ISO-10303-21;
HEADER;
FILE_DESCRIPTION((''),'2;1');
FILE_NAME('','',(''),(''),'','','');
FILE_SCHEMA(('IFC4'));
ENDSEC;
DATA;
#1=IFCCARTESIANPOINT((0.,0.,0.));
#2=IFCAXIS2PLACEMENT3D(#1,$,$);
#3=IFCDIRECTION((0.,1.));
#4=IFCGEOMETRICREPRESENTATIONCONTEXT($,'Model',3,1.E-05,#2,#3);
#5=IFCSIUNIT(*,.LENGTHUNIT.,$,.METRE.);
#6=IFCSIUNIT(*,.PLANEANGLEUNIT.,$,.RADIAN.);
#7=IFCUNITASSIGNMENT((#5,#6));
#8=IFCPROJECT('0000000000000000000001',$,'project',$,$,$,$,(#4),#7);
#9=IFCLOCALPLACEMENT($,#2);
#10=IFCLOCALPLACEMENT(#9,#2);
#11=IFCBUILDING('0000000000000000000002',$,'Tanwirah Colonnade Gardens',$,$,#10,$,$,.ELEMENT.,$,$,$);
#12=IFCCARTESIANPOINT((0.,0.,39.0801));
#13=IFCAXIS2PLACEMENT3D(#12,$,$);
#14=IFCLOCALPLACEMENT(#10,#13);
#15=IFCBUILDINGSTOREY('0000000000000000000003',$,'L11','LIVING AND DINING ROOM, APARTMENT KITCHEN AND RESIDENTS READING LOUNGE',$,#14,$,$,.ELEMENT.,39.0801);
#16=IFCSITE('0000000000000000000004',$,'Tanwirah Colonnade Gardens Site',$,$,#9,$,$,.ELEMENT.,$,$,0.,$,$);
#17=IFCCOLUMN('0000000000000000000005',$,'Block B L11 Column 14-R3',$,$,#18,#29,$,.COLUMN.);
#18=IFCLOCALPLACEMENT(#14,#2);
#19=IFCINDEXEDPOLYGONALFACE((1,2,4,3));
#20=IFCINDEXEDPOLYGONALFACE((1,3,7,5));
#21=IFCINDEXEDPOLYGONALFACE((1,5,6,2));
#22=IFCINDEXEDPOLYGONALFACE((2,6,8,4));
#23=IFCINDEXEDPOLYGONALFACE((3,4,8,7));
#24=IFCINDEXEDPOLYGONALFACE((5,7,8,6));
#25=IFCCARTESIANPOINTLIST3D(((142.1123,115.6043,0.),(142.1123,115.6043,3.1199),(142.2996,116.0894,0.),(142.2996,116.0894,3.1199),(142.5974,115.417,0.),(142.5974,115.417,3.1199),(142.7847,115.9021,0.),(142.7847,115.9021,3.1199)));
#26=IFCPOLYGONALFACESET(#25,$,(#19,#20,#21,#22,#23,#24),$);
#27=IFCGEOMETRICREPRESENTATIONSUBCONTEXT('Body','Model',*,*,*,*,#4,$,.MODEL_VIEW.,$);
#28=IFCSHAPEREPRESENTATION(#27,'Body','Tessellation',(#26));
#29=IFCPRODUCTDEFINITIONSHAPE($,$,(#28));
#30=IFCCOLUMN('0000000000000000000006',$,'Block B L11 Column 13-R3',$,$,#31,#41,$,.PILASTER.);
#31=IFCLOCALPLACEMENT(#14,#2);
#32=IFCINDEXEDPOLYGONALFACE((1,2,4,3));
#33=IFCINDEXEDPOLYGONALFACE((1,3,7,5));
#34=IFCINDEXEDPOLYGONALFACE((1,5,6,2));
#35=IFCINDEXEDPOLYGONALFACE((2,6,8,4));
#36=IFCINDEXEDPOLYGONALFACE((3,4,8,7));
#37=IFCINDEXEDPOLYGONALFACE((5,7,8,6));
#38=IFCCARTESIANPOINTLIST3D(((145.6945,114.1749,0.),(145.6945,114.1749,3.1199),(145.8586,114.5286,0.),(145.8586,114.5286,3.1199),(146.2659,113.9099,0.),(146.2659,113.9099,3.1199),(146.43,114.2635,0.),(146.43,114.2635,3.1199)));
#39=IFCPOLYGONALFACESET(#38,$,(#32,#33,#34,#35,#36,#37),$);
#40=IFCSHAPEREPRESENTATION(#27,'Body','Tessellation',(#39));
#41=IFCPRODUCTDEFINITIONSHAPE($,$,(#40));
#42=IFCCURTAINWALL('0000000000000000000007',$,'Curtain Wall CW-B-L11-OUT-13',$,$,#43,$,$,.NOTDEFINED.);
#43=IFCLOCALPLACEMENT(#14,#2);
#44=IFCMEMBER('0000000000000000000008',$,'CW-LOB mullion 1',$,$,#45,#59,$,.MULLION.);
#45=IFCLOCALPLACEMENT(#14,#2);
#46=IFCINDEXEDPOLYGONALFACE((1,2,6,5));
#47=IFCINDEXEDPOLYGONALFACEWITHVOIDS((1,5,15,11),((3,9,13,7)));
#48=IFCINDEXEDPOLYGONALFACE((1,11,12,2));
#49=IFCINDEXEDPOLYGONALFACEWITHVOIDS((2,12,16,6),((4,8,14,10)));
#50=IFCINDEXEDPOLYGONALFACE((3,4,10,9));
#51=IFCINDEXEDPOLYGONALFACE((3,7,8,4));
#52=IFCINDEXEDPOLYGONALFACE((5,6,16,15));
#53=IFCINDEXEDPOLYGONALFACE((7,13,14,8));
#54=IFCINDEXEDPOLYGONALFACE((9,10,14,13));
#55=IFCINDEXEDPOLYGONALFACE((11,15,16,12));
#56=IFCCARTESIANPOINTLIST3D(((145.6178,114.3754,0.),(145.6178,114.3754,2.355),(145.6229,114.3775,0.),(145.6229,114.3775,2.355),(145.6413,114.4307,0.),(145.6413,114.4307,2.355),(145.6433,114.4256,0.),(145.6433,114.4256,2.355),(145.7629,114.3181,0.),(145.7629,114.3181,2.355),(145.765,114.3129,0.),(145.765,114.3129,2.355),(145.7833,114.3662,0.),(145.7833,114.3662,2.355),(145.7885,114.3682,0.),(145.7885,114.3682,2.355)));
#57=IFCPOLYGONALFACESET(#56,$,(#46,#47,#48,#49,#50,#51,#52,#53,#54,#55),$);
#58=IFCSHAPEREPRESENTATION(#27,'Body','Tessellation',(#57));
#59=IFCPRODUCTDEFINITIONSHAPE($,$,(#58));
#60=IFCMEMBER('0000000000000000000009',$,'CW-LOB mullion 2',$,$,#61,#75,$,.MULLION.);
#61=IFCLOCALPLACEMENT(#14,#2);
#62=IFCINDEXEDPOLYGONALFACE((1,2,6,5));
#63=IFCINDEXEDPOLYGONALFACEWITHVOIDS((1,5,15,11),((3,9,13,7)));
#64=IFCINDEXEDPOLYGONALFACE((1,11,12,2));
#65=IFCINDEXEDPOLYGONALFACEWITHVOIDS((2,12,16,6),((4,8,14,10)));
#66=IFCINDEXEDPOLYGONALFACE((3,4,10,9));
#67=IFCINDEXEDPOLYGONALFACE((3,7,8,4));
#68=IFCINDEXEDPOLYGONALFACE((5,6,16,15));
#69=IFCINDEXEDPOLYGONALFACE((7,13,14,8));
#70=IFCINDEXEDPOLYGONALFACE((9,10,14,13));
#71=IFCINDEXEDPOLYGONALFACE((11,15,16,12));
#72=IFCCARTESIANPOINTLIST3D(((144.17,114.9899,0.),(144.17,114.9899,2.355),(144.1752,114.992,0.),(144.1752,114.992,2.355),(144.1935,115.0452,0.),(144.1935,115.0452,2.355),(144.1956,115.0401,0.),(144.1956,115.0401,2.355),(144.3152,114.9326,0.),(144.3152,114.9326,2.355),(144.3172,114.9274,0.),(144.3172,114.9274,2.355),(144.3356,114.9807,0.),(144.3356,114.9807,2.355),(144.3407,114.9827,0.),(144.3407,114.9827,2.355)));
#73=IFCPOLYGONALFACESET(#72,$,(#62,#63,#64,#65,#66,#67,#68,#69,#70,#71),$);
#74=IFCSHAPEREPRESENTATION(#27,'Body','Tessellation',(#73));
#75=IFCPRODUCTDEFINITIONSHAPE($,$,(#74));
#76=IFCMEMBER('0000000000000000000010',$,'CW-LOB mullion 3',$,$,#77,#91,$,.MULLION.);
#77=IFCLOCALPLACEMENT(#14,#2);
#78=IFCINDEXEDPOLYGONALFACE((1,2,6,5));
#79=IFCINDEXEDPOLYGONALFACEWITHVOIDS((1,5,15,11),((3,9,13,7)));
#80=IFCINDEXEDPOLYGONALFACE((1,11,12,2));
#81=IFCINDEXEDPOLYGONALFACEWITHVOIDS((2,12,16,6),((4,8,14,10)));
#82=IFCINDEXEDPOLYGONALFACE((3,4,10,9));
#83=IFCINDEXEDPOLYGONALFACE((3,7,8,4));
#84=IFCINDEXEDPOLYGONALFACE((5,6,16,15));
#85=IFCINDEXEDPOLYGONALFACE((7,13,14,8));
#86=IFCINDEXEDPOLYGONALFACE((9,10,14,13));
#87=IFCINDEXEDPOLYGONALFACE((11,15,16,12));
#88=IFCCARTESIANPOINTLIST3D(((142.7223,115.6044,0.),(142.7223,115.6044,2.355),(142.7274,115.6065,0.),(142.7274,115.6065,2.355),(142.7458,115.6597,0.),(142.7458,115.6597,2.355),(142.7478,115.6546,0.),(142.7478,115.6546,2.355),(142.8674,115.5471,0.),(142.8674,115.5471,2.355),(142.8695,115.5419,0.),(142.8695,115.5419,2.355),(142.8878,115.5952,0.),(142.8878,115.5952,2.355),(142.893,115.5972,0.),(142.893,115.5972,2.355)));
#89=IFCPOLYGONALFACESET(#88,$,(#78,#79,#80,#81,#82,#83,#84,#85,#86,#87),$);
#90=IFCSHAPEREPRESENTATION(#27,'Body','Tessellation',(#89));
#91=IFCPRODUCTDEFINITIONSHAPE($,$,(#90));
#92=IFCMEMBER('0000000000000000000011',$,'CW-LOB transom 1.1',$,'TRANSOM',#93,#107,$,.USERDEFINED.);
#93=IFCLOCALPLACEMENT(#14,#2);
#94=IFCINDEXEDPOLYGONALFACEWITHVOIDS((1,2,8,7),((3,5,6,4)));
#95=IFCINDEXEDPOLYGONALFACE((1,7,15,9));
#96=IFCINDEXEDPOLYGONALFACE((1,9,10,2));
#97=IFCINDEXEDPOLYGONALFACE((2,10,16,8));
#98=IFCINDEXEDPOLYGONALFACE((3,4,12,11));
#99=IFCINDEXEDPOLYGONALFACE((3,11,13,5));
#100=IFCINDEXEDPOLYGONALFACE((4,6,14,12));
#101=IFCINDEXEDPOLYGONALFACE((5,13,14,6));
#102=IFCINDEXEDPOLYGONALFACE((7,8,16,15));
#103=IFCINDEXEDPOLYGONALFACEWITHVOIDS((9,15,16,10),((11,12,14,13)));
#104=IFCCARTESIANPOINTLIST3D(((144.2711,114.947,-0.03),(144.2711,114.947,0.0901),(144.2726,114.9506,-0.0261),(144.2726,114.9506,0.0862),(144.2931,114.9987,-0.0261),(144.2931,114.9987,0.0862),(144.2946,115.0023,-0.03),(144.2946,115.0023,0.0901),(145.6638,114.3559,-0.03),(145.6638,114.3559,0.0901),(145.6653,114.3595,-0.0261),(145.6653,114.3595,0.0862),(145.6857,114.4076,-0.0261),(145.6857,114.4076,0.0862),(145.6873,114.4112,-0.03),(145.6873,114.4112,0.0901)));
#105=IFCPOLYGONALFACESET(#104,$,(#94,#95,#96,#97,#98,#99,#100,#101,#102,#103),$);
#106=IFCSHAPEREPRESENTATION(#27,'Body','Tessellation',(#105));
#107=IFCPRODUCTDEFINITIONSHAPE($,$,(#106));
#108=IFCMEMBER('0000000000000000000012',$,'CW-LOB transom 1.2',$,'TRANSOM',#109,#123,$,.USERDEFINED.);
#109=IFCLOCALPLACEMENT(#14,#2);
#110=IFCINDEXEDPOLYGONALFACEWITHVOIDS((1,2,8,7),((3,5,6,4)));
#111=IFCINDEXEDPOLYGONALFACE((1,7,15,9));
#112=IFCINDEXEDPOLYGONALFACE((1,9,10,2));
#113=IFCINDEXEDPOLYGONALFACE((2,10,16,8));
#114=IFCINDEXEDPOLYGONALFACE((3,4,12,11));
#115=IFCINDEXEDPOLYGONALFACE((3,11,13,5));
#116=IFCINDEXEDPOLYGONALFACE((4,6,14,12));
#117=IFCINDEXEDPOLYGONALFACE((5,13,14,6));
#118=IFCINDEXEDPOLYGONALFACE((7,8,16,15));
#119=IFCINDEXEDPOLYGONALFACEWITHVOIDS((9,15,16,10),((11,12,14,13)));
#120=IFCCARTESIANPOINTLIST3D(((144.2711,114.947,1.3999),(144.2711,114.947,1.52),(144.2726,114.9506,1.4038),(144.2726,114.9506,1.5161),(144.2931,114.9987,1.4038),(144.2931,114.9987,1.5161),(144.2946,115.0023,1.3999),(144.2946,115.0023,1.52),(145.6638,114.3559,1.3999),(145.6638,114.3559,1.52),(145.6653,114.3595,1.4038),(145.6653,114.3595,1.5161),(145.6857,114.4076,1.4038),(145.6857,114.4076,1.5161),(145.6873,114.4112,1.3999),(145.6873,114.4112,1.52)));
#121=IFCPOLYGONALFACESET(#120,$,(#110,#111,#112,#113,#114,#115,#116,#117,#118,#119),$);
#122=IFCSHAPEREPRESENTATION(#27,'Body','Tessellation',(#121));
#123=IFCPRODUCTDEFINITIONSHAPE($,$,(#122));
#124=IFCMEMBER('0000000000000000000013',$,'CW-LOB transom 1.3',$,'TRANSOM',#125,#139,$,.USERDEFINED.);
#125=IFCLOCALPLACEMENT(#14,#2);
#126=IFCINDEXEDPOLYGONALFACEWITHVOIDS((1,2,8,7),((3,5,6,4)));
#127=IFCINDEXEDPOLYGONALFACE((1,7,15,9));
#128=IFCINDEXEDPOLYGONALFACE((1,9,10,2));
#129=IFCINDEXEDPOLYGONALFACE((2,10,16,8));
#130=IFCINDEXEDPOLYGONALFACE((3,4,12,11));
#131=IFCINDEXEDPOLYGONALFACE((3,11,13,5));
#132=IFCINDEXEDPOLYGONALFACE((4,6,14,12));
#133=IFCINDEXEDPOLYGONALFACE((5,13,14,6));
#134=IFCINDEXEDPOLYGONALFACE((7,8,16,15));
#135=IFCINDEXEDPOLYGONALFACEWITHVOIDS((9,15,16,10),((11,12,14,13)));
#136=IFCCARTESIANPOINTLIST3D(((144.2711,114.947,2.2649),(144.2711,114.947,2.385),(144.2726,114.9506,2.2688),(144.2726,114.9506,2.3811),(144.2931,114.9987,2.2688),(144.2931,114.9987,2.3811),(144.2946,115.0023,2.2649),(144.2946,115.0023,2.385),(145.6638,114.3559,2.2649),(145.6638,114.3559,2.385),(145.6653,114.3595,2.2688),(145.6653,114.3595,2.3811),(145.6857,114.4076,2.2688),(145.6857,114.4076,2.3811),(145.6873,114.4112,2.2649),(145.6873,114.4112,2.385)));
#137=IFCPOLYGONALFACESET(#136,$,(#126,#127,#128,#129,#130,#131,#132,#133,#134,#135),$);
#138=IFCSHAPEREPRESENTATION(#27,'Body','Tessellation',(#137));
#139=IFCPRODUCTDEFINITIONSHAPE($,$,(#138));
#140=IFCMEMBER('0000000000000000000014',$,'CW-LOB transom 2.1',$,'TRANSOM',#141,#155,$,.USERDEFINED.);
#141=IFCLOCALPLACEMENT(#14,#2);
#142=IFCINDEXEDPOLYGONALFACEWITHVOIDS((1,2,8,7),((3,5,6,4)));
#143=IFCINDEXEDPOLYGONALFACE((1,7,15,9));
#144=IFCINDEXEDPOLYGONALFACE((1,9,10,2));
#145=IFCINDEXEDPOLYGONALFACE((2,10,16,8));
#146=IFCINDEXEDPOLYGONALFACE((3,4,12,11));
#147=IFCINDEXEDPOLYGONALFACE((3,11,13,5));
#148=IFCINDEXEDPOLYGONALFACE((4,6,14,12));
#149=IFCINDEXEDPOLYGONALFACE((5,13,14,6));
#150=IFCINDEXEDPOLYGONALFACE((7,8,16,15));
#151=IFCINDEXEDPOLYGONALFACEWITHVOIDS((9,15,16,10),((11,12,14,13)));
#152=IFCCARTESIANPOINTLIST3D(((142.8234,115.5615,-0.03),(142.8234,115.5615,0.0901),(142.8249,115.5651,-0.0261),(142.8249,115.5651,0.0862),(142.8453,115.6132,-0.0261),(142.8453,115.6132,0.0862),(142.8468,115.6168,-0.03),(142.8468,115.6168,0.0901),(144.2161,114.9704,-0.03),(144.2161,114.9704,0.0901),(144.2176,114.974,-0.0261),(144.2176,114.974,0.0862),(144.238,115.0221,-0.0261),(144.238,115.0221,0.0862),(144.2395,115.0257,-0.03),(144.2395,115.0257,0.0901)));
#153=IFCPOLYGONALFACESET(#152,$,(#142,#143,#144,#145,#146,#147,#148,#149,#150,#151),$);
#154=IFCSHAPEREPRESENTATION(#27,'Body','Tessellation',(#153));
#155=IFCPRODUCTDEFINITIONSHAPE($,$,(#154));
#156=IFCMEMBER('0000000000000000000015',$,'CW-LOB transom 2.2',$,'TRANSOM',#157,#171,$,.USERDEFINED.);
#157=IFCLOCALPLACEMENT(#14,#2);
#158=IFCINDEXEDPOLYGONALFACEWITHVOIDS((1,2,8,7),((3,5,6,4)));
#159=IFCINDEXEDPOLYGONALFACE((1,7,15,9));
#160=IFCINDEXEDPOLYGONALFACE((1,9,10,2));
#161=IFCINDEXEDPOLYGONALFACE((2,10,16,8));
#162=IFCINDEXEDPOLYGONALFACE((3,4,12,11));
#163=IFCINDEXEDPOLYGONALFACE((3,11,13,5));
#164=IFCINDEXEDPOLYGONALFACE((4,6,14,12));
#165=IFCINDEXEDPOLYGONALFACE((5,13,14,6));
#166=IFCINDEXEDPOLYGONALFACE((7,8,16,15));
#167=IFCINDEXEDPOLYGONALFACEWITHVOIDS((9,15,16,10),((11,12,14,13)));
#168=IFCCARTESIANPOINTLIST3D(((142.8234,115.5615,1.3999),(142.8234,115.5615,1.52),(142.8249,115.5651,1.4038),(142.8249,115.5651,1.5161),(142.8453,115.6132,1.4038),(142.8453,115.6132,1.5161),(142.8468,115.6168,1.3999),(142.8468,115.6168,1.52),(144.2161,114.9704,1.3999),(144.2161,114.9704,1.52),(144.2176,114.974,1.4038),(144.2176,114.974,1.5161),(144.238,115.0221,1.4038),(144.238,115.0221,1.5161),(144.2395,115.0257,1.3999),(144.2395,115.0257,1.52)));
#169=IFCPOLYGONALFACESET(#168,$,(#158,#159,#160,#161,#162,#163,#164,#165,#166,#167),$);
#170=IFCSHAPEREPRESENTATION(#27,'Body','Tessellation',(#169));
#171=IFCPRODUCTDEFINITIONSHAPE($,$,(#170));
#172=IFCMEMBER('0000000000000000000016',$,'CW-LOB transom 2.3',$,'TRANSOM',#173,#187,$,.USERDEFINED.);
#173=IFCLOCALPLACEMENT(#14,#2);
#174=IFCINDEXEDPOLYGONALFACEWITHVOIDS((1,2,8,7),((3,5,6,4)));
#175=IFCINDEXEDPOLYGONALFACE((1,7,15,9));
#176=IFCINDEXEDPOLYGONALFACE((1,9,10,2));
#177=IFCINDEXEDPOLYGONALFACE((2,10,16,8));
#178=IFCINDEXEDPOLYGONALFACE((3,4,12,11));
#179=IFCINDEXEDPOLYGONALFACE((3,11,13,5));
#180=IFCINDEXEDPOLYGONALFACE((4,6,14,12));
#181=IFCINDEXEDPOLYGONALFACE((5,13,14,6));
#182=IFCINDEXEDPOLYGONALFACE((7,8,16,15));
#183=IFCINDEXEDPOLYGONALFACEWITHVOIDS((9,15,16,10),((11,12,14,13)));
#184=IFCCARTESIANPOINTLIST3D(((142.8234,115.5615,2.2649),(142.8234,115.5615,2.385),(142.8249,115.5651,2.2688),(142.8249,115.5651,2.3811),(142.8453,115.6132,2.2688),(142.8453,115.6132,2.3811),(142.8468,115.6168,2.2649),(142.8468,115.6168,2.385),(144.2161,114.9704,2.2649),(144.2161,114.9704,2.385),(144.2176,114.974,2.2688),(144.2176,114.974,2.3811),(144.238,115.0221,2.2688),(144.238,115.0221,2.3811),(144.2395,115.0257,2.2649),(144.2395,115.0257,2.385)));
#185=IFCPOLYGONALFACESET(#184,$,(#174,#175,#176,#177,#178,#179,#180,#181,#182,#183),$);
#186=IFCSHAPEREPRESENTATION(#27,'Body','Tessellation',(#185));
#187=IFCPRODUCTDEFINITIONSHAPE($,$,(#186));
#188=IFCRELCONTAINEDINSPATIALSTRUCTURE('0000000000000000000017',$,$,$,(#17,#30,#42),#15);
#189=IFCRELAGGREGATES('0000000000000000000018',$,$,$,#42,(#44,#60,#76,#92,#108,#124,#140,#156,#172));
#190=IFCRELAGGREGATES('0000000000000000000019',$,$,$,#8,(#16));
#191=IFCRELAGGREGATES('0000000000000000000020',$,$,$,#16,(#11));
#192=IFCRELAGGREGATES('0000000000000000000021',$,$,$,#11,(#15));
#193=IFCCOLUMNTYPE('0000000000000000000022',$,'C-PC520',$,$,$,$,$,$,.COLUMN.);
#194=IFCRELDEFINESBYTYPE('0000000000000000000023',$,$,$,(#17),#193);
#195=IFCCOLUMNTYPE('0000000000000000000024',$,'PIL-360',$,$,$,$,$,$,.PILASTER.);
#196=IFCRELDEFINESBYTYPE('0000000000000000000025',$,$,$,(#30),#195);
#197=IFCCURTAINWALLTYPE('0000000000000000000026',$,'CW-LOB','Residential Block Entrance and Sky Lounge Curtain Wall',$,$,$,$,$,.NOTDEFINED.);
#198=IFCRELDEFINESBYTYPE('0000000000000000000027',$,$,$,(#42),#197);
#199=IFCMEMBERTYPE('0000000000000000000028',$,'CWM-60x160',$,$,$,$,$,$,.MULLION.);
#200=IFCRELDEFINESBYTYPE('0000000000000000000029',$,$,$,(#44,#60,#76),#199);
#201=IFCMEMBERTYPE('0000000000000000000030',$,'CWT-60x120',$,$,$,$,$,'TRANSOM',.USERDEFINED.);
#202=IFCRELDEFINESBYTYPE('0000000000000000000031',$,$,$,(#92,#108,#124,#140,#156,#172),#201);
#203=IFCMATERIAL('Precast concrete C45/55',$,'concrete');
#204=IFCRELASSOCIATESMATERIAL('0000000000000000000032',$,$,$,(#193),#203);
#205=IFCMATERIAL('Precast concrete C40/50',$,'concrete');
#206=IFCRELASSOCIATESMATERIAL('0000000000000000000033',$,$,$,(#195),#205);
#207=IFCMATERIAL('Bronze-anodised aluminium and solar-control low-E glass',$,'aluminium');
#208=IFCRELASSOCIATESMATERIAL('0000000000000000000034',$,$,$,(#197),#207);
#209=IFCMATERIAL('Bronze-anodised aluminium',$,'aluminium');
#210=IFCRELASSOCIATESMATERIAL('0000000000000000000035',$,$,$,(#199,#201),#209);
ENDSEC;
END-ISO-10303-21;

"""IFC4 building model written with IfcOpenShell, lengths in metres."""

from ifc_helpers import new_model, si_unit, direction, frame, origin, origin_2d, place, context, subcontext, project, spatial, rectangle, hollow_rectangle, extrude, material, material_profile, profile_set, type_object, element, aggregate, save


model = new_model("IFC4")

# Units and contexts
model_context = context("Model", 3, precision=1e-05, world=origin(), true_north=direction((0.0, 1.0)))
body_context = subcontext(model_context, "Body", "Model", "MODEL_VIEW")
ifc_project = project(units=[si_unit("LENGTHUNIT", "METRE"), si_unit("PLANEANGLEUNIT", "RADIAN")], contexts=[model_context])

# Site, building, storey
site_placement = place(None, origin())
site = spatial("IfcSite", under=ifc_project, at=site_placement, Name="Tanwirah Colonnade Gardens Site", CompositionType="ELEMENT", RefElevation=0.0)
building_placement = place(site_placement, origin())
building = spatial("IfcBuilding", under=site, at=building_placement, Name="Tanwirah Colonnade Gardens", CompositionType="ELEMENT")
storey_placement = place(building_placement, frame((0.0, 0.0, 39.0801)))
storey = spatial("IfcBuildingStorey", under=building, at=storey_placement, Name="L11", Description="LIVING AND DINING ROOM, APARTMENT KITCHEN AND RESIDENTS READING LOUNGE", CompositionType="ELEMENT", Elevation=39.0801)

# Columns
ifc_material_1 = material(Name="Precast concrete C45/55", Category="concrete")
ifc_material_profile_1 = material_profile(ifc_material_1, rectangle(XDim=0.52, YDim=0.52, at=origin_2d()), Name="PC-COL 520x520")
ifc_profile_set_1 = profile_set([ifc_material_profile_1], Name="Precast concrete C45/55")
column_type_1 = type_object("IfcColumnType", Name="C-PC520", PredefinedType="COLUMN", material=ifc_profile_set_1)
column_1_placement = place(storey_placement, frame((142.4485, 115.7532, 0.0), z_axis=(0.0, 0.0, 1.0), x_axis=(0.360178, 0.932884, 0.0)))
element("IfcColumn", 1, at=column_1_placement, inside=storey, type_object=column_type_1, Name="Block B L11 Column 14-R3", PredefinedType="COLUMN", context=body_context, shape_type="SweptSolid", body=[
    extrude(rectangle(XDim=0.52, YDim=0.52, at=origin_2d()), origin(), (0.0, 0.0, 1.0), 3.1199),
])
ifc_material_2 = material(Name="Precast concrete C40/50", Category="concrete")
ifc_material_profile_2 = material_profile(ifc_material_2, rectangle(XDim=0.3899, YDim=0.6299, at=origin_2d()), Name="PC-PIL 390x630")
ifc_profile_set_2 = profile_set([ifc_material_profile_2], Name="Precast concrete C40/50")
column_type_2 = type_object("IfcColumnType", Name="PIL-360", PredefinedType="PILASTER", material=ifc_profile_set_2)
column_2_placement = place(storey_placement, frame((146.0623, 114.2192, 0.0), z_axis=(0.0, 0.0, 1.0), x_axis=(0.42086, 0.907126, 0.0)))
element("IfcColumn", 2, at=column_2_placement, inside=storey, type_object=column_type_2, Name="Block B L11 Column 13-R3", PredefinedType="PILASTER", context=body_context, shape_type="SweptSolid", body=[
    extrude(rectangle(XDim=0.3899, YDim=0.6299, at=origin_2d()), origin(), (0.0, 0.0, 1.0), 3.1199),
])

# Curtain wall, members
ifc_material_3 = material(Name="Bronze-anodised aluminium and solar-control low-E glass", Category="aluminium")
curtain_wall_type = type_object("IfcCurtainWallType", Name="CW-LOB", Description="Residential Block Entrance and Sky Lounge Curtain Wall", PredefinedType="NOTDEFINED", material=ifc_material_3)
curtain_wall_placement = place(storey_placement, origin())
curtain_wall = element("IfcCurtainWall", 3, at=curtain_wall_placement, inside=storey, type_object=curtain_wall_type, Name="Curtain Wall CW-B-L11-OUT-13", PredefinedType="NOTDEFINED")
ifc_material_4 = material(Name="Bronze-anodised aluminium", Category="aluminium")
ifc_material_profile_3 = material_profile(ifc_material_4, hollow_rectangle(XDim=0.0601, YDim=0.1599, WallThickness=0.0039, at=origin_2d()), Name="CW-MUL 60x160x4")
ifc_profile_set_3 = profile_set([ifc_material_profile_3], Name="Bronze-anodised aluminium")
member_type_1 = type_object("IfcMemberType", Name="CWM-60x160", PredefinedType="MULLION", material=ifc_profile_set_3)
member_1_placement = place(storey_placement, frame((145.7031, 114.3718, 0.0), z_axis=(0.0, 0.0, 1.0), x_axis=(-0.39073, -0.920505, 0.0)))
member_1 = element("IfcMember", 4, at=member_1_placement, type_object=member_type_1, Name="CW-LOB mullion 1", PredefinedType="MULLION", context=body_context, shape_type="SweptSolid", body=[
    extrude(hollow_rectangle(XDim=0.0601, YDim=0.1599, WallThickness=0.0039, at=origin_2d()), origin(), (0.0, 0.0, 1.0), 2.355),
])
member_2_placement = place(storey_placement, frame((144.2554, 114.9863, 0.0), z_axis=(0.0, 0.0, 1.0), x_axis=(-0.39073, -0.920505, 0.0)))
member_2 = element("IfcMember", 5, at=member_2_placement, type_object=member_type_1, Name="CW-LOB mullion 2", PredefinedType="MULLION", context=body_context, shape_type="SweptSolid", body=[
    extrude(hollow_rectangle(XDim=0.0601, YDim=0.1599, WallThickness=0.0039, at=origin_2d()), origin(), (0.0, 0.0, 1.0), 2.355),
])
member_3_placement = place(storey_placement, frame((142.8076, 115.6008, 0.0), z_axis=(0.0, 0.0, 1.0), x_axis=(-0.39073, -0.920505, 0.0)))
member_3 = element("IfcMember", 6, at=member_3_placement, type_object=member_type_1, Name="CW-LOB mullion 3", PredefinedType="MULLION", context=body_context, shape_type="SweptSolid", body=[
    extrude(hollow_rectangle(XDim=0.0601, YDim=0.1599, WallThickness=0.0039, at=origin_2d()), origin(), (0.0, 0.0, 1.0), 2.355),
])
ifc_material_profile_4 = material_profile(ifc_material_4, hollow_rectangle(XDim=0.0601, YDim=0.1201, WallThickness=0.0039, at=origin_2d()), Name="CW-TRN 60x120x4")
ifc_profile_set_4 = profile_set([ifc_material_profile_4], Name="Bronze-anodised aluminium")
member_type_2 = type_object("IfcMemberType", Name="CWT-60x120", ElementType="TRANSOM", PredefinedType="USERDEFINED", material=ifc_profile_set_4)
member_4_placement = place(storey_placement, frame((145.6755, 114.3835, 0.03), z_axis=(-0.920517, 0.390703, 0.0), x_axis=(-0.390703, -0.920517, 0.0)))
member_4 = element("IfcMember", 7, at=member_4_placement, type_object=member_type_2, Name="CW-LOB transom 1.1", ObjectType="TRANSOM", PredefinedType="USERDEFINED", context=body_context, shape_type="SweptSolid", body=[
    extrude(hollow_rectangle(XDim=0.0601, YDim=0.1201, WallThickness=0.0039, at=origin_2d()), origin(), (0.0, 0.0, 1.0), 1.5129),
])
member_5_placement = place(storey_placement, frame((145.6755, 114.3835, 1.46), z_axis=(-0.920517, 0.390703, 0.0), x_axis=(-0.390703, -0.920517, 0.0)))
member_5 = element("IfcMember", 8, at=member_5_placement, type_object=member_type_2, Name="CW-LOB transom 1.2", ObjectType="TRANSOM", PredefinedType="USERDEFINED", context=body_context, shape_type="SweptSolid", body=[
    extrude(hollow_rectangle(XDim=0.0601, YDim=0.1201, WallThickness=0.0039, at=origin_2d()), origin(), (0.0, 0.0, 1.0), 1.5129),
])
member_6_placement = place(storey_placement, frame((145.6755, 114.3835, 2.325), z_axis=(-0.920517, 0.390703, 0.0), x_axis=(-0.390703, -0.920517, 0.0)))
member_6 = element("IfcMember", 9, at=member_6_placement, type_object=member_type_2, Name="CW-LOB transom 1.3", ObjectType="TRANSOM", PredefinedType="USERDEFINED", context=body_context, shape_type="SweptSolid", body=[
    extrude(hollow_rectangle(XDim=0.0601, YDim=0.1201, WallThickness=0.0039, at=origin_2d()), origin(), (0.0, 0.0, 1.0), 1.5129),
])
member_7_placement = place(storey_placement, frame((144.2278, 114.998, 0.03), z_axis=(-0.920517, 0.390703, 0.0), x_axis=(-0.390703, -0.920517, 0.0)))
member_7 = element("IfcMember", 10, at=member_7_placement, type_object=member_type_2, Name="CW-LOB transom 2.1", ObjectType="TRANSOM", PredefinedType="USERDEFINED", context=body_context, shape_type="SweptSolid", body=[
    extrude(hollow_rectangle(XDim=0.0601, YDim=0.1201, WallThickness=0.0039, at=origin_2d()), origin(), (0.0, 0.0, 1.0), 1.5129),
])
member_8_placement = place(storey_placement, frame((144.2278, 114.998, 1.46), z_axis=(-0.920517, 0.390703, 0.0), x_axis=(-0.390703, -0.920517, 0.0)))
member_8 = element("IfcMember", 11, at=member_8_placement, type_object=member_type_2, Name="CW-LOB transom 2.2", ObjectType="TRANSOM", PredefinedType="USERDEFINED", context=body_context, shape_type="SweptSolid", body=[
    extrude(hollow_rectangle(XDim=0.0601, YDim=0.1201, WallThickness=0.0039, at=origin_2d()), origin(), (0.0, 0.0, 1.0), 1.5129),
])
member_9_placement = place(storey_placement, frame((144.2278, 114.998, 2.325), z_axis=(-0.920517, 0.390703, 0.0), x_axis=(-0.390703, -0.920517, 0.0)))
member_9 = element("IfcMember", 12, at=member_9_placement, type_object=member_type_2, Name="CW-LOB transom 2.3", ObjectType="TRANSOM", PredefinedType="USERDEFINED", context=body_context, shape_type="SweptSolid", body=[
    extrude(hollow_rectangle(XDim=0.0601, YDim=0.1201, WallThickness=0.0039, at=origin_2d()), origin(), (0.0, 0.0, 1.0), 1.5129),
])

aggregate(curtain_wall, [member_1, member_2, member_3, member_4, member_5, member_6, member_7, member_8, member_9])

save(model, "model.ifc")
